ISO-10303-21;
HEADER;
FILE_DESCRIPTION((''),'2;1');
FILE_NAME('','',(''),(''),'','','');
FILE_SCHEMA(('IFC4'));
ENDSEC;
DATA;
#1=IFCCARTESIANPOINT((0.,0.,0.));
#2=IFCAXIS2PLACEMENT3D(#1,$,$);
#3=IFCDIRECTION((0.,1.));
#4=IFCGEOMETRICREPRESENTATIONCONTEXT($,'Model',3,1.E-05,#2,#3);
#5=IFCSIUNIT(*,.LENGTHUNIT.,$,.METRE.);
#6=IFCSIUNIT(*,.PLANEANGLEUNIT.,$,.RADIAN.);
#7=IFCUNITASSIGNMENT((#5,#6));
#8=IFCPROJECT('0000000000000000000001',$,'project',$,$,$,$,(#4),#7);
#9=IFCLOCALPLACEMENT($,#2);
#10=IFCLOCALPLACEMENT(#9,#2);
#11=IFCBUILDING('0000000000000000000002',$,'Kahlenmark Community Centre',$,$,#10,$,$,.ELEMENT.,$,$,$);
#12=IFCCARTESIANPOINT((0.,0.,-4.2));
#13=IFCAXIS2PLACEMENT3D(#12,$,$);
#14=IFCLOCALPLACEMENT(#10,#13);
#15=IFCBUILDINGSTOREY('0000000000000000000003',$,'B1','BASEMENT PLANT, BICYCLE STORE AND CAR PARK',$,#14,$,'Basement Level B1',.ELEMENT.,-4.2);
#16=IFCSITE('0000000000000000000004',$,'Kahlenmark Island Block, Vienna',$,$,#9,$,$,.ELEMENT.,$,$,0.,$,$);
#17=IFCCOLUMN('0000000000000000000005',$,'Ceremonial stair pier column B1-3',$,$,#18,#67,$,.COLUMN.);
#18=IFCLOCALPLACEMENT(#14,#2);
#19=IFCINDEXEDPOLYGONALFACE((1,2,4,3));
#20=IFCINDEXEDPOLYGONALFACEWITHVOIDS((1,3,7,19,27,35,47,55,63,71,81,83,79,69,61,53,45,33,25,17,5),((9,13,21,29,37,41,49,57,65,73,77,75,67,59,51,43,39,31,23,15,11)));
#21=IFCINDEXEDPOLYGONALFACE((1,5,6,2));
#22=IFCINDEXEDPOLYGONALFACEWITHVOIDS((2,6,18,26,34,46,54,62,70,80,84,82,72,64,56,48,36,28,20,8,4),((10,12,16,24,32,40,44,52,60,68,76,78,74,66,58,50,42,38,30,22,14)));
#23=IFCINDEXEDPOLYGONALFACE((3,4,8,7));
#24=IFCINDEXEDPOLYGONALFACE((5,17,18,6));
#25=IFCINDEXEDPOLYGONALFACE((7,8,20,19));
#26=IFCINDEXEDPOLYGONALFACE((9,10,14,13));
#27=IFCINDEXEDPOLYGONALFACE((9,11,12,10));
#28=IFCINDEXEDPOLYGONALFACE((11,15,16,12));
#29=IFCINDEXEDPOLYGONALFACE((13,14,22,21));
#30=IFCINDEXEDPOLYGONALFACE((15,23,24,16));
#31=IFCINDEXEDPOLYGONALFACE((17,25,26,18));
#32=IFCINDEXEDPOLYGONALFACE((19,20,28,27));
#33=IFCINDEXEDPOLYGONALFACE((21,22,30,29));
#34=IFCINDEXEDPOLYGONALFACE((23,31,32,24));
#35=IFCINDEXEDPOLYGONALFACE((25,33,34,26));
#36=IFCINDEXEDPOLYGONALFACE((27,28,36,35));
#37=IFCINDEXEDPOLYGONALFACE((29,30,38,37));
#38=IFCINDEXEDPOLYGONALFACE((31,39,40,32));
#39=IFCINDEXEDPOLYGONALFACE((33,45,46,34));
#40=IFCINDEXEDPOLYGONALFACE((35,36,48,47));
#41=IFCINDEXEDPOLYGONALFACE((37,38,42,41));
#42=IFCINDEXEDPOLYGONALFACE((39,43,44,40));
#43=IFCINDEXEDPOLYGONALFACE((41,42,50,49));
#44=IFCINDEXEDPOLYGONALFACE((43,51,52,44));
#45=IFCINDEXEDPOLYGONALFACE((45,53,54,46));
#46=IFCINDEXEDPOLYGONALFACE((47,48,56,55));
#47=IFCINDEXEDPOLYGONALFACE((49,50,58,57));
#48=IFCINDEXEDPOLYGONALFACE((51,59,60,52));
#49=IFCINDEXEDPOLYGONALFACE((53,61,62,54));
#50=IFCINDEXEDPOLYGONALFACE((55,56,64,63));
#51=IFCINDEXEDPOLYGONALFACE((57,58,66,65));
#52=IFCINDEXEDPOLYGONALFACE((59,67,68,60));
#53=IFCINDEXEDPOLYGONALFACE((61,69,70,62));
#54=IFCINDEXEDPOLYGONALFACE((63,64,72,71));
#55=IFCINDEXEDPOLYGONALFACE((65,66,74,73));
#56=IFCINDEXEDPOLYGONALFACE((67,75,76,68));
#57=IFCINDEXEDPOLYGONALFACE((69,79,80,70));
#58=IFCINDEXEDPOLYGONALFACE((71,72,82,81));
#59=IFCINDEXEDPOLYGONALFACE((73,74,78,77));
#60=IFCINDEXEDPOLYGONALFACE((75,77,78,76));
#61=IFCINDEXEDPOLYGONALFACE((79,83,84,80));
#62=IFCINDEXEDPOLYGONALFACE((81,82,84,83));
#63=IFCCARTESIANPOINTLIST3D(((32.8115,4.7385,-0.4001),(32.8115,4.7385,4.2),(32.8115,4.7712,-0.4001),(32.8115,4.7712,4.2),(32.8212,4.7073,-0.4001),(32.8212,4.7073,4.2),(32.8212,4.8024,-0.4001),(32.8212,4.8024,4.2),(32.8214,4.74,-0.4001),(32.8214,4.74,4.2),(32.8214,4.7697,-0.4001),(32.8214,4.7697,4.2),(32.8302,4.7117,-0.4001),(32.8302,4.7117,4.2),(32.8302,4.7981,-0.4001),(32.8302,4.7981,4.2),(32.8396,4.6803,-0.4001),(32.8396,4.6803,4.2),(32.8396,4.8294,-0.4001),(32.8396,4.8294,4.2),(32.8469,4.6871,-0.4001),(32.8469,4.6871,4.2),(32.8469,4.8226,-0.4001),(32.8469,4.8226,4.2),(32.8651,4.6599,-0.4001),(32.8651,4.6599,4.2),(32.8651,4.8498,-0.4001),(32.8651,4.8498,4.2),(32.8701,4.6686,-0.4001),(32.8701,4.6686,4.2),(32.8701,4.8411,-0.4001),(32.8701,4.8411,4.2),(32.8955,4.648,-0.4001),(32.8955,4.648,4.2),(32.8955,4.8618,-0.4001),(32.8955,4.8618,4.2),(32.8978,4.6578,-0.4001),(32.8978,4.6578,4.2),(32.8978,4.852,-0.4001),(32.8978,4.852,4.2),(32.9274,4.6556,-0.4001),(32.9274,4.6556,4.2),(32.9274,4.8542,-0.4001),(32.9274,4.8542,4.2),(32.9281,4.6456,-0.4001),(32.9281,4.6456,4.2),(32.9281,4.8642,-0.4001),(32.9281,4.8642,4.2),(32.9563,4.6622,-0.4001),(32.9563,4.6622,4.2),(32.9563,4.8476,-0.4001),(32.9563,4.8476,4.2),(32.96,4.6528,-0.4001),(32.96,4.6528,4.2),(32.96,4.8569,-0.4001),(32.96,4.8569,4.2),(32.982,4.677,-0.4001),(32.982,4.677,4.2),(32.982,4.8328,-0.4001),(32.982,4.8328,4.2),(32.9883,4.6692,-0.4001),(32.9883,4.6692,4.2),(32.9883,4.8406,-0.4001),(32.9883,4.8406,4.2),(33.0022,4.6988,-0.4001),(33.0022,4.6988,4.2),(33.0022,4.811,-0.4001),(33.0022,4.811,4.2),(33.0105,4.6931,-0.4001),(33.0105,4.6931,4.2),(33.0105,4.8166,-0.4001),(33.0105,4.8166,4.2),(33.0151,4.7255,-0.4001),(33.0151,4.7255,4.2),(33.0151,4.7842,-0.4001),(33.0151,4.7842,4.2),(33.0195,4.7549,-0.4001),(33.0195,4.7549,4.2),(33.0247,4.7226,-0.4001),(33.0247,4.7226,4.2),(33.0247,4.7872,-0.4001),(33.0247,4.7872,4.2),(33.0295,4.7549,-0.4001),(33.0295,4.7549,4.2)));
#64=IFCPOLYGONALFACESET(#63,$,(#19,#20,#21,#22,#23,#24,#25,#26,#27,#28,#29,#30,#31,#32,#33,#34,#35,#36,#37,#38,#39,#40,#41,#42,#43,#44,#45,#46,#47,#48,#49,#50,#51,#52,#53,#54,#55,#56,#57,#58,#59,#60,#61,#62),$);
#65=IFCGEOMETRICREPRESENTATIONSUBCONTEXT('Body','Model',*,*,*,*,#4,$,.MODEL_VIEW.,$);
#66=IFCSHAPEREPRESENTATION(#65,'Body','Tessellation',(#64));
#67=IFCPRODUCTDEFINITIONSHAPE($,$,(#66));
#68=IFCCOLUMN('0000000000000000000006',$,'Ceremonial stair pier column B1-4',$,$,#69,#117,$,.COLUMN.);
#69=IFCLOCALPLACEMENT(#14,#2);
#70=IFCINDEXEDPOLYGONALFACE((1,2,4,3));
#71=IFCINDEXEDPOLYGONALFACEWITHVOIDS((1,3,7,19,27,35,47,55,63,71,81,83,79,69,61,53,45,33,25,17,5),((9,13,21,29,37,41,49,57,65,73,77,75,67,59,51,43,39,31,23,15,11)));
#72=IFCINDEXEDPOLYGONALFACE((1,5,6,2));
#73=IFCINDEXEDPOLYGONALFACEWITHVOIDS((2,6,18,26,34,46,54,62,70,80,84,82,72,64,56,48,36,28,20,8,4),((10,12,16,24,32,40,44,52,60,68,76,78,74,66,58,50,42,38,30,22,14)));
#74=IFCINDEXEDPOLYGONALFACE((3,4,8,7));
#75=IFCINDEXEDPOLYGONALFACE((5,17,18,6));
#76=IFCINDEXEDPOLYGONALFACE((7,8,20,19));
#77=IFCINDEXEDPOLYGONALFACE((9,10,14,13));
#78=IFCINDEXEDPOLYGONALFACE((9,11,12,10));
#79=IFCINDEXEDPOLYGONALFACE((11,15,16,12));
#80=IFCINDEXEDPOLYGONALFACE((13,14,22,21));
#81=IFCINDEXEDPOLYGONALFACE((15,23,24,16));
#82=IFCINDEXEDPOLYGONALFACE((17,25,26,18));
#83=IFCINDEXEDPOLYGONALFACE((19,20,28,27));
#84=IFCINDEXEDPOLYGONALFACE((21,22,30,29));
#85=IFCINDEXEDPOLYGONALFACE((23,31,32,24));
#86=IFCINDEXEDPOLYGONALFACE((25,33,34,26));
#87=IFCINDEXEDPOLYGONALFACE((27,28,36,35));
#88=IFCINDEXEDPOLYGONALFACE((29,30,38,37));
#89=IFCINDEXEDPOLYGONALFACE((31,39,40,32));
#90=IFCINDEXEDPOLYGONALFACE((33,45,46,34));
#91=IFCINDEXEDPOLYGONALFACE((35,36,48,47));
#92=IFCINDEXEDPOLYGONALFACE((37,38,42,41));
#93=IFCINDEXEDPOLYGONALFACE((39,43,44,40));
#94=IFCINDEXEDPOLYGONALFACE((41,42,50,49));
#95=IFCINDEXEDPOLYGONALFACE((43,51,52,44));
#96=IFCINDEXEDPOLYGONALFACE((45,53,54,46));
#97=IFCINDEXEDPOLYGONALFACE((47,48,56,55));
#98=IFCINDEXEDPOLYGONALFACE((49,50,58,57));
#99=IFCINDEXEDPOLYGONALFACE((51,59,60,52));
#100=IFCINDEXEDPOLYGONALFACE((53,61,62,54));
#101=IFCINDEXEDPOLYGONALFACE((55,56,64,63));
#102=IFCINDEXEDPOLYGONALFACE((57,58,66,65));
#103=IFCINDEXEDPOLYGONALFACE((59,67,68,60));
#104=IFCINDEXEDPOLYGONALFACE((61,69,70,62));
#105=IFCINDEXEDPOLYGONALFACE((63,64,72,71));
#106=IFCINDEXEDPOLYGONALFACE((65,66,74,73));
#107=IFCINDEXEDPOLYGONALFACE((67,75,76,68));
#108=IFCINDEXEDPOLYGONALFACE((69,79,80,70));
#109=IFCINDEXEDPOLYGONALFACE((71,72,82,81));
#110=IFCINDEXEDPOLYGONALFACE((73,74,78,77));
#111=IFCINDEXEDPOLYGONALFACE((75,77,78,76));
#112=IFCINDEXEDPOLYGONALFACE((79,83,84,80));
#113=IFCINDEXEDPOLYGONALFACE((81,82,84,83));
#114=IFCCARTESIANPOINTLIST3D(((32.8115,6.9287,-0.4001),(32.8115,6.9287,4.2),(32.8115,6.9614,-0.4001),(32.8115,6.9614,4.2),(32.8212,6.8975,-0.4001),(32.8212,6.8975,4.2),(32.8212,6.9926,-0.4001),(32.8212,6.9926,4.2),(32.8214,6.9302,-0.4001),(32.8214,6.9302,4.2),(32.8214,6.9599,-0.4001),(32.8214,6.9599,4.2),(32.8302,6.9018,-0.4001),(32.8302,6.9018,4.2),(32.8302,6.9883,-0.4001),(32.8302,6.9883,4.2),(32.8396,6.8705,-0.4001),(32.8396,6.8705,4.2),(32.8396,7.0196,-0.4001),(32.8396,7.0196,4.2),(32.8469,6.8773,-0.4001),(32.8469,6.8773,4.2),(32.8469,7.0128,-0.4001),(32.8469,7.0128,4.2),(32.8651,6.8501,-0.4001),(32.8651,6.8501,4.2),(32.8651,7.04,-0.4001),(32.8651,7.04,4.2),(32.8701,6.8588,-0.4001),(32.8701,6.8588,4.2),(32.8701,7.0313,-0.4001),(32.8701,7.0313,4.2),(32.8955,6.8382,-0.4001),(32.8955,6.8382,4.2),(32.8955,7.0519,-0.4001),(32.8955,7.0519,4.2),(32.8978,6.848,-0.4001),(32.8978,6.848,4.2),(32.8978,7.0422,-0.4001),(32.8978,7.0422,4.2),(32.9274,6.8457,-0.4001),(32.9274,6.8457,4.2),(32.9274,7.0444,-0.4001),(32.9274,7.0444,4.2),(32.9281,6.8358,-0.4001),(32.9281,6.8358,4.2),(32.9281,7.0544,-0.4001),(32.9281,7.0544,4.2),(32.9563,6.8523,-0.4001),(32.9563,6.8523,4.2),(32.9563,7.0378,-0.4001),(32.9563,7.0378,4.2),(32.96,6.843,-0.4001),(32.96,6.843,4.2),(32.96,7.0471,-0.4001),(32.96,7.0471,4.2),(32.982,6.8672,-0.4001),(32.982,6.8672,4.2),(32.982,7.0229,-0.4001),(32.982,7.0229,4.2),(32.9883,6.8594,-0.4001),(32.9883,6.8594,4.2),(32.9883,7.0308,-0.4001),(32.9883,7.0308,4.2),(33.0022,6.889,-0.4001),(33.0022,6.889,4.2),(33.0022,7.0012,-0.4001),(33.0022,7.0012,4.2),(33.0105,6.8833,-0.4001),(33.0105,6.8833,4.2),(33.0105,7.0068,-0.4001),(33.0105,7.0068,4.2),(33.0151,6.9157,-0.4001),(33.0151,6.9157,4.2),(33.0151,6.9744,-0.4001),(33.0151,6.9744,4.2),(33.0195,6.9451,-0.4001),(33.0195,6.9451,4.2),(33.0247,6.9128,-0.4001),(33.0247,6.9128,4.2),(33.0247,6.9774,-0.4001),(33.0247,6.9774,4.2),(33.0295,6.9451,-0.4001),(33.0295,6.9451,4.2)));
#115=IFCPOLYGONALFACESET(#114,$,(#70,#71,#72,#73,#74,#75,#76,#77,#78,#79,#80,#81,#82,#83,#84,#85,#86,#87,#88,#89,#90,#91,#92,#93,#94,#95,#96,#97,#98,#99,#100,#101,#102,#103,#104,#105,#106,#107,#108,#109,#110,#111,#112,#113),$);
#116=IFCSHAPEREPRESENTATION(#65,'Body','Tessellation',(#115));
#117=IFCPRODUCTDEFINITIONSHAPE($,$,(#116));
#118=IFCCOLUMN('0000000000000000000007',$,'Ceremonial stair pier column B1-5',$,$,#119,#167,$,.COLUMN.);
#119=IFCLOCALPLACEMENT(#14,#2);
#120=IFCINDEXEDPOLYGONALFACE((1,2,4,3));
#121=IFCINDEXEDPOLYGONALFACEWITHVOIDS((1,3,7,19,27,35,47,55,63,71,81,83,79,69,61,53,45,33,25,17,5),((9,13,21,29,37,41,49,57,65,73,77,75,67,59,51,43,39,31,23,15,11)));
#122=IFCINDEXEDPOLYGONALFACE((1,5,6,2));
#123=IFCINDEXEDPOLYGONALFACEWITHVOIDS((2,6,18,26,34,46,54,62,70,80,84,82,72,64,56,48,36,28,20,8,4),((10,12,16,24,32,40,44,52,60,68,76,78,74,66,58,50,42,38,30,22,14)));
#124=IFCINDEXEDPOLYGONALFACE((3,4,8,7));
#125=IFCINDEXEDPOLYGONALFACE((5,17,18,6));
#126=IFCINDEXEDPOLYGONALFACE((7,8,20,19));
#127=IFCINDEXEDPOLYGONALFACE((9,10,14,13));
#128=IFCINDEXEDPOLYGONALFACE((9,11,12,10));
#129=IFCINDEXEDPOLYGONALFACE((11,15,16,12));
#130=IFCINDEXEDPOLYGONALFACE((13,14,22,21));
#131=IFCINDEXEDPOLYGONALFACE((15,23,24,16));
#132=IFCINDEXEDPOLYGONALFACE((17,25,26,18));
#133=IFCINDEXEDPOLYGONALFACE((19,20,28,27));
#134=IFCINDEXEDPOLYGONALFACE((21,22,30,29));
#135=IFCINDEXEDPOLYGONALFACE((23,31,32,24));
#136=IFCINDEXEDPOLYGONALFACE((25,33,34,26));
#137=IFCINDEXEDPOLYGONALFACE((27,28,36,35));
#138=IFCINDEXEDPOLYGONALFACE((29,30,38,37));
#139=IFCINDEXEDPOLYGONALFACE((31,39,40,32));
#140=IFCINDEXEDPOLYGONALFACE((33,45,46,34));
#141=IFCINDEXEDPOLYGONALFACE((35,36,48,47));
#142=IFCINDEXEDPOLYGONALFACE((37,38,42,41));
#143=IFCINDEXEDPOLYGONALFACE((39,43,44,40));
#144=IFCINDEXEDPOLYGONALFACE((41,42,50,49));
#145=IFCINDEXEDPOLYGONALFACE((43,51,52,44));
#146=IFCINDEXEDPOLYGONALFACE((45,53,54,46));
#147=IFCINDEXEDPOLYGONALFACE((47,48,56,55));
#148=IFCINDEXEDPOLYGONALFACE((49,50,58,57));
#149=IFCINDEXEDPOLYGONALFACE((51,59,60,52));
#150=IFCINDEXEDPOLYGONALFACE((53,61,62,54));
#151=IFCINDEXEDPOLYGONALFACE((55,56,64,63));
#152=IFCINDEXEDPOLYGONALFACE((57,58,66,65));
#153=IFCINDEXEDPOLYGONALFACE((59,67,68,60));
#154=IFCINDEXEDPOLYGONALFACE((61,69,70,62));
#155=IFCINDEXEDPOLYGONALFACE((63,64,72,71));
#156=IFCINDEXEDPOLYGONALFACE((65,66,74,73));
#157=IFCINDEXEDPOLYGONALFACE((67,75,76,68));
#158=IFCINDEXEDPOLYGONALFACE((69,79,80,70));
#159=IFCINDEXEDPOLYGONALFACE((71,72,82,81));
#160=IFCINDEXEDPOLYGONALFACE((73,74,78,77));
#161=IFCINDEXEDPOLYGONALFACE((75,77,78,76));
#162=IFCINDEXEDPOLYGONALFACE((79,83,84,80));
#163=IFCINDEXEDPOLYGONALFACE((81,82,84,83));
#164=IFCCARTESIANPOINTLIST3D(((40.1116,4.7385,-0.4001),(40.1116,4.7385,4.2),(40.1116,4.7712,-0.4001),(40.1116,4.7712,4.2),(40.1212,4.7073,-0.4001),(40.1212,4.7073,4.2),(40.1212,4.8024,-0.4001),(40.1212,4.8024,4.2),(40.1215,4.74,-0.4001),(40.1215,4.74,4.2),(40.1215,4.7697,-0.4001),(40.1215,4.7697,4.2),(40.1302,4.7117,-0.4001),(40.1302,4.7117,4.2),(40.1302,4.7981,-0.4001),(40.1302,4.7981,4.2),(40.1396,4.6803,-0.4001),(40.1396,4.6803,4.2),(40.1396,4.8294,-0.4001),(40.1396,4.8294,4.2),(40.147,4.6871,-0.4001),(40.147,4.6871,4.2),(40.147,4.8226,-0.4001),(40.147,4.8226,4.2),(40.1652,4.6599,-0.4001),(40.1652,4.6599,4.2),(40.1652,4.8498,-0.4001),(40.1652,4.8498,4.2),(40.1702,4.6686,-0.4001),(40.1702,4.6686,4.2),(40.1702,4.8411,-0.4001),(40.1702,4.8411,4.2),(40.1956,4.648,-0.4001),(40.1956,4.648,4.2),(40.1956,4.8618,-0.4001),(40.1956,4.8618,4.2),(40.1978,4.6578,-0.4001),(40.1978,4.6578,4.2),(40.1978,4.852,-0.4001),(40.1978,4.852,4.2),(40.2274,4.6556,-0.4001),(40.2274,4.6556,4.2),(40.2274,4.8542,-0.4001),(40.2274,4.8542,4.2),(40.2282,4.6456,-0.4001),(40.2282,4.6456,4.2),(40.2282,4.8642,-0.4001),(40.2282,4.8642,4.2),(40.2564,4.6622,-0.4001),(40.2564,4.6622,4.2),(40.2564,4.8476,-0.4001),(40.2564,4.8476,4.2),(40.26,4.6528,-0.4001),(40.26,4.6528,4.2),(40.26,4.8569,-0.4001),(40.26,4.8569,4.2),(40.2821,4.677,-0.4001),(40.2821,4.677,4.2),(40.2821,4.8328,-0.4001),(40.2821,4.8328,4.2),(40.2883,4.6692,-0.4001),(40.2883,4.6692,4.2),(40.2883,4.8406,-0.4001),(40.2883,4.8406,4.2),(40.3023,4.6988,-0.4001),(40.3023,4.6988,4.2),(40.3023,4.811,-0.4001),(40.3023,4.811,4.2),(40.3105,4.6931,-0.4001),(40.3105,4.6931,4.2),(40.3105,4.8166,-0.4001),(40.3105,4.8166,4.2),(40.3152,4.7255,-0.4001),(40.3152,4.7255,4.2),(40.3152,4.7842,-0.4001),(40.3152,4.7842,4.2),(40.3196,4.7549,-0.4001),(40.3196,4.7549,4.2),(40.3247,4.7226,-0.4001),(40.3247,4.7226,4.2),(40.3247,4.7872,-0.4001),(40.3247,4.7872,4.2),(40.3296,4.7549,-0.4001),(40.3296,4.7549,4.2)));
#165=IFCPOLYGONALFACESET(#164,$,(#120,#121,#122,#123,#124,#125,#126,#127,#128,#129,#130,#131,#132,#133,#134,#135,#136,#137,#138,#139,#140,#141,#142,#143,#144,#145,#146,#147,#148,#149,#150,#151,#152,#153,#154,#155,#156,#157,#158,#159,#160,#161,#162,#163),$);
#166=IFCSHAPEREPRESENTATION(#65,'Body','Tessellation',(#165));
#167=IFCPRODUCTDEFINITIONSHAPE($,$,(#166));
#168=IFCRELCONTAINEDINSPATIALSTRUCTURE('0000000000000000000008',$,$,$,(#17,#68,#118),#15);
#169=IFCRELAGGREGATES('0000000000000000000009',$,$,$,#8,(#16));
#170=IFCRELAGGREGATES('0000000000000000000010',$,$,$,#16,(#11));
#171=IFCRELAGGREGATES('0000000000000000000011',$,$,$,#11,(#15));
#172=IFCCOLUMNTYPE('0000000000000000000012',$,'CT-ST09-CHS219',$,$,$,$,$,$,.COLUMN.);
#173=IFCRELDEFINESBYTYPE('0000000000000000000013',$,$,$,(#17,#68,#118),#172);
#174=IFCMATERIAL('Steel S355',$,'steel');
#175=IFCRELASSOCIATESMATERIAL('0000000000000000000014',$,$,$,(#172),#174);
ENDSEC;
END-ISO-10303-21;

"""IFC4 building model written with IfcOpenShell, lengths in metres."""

from ifc_helpers import new_model, si_unit, direction, frame, origin, origin_2d, place, context, subcontext, project, spatial, hollow_circle, extrude, material, material_profile, profile_set, type_object, element, save


model = new_model("IFC4")

# Units and contexts
model_context = context("Model", 3, precision=1e-05, world=origin(), true_north=direction((0.0, 1.0)))
body_context = subcontext(model_context, "Body", "Model", "MODEL_VIEW")
ifc_project = project(units=[si_unit("LENGTHUNIT", "METRE"), si_unit("PLANEANGLEUNIT", "RADIAN")], contexts=[model_context])

# Site, building, storey
site_placement = place(None, origin())
site = spatial("IfcSite", under=ifc_project, at=site_placement, Name="Kahlenmark Island Block, Vienna", CompositionType="ELEMENT", RefElevation=0.0)
building_placement = place(site_placement, origin())
building = spatial("IfcBuilding", under=site, at=building_placement, Name="Kahlenmark Community Centre", CompositionType="ELEMENT")
storey_placement = place(building_placement, frame((0.0, 0.0, -4.2)))
storey = spatial("IfcBuildingStorey", under=building, at=storey_placement, Name="B1", Description="BASEMENT PLANT, BICYCLE STORE AND CAR PARK", LongName="Basement Level B1", CompositionType="ELEMENT", Elevation=-4.2)

# Columns
ifc_material_1 = material(Name="Steel S355", Category="steel")
ifc_material_profile_1 = material_profile(ifc_material_1, hollow_circle(Radius=0.1096, WallThickness=0.01, at=origin_2d()), Name="CHS 219.1x10")
ifc_profile_set_1 = profile_set([ifc_material_profile_1], Name="Steel S355")
column_type_1 = type_object("IfcColumnType", Name="CT-ST09-CHS219", PredefinedType="COLUMN", material=ifc_profile_set_1)
for number, where, z_axis, x_axis, name in (
    (1, (32.9199, 4.7549, -0.4001), (0.0, 0.0, 1.0), (1.0, 0.0, 0.0), "Ceremonial stair pier column B1-3"),
    (2, (32.9199, 6.9451, -0.4001), (0.0, 0.0, 1.0), (1.0, 0.0, 0.0), "Ceremonial stair pier column B1-4"),
    (3, (40.22, 4.7549, -0.4001), (0.0, 0.0, 1.0), (1.0, 0.0, 0.0), "Ceremonial stair pier column B1-5"),
):
    element("IfcColumn", number, at=place(storey_placement, frame(where, z_axis=z_axis, x_axis=x_axis)), inside=storey, type_object=column_type_1, Name=name, PredefinedType="COLUMN", context=body_context, shape_type="SweptSolid", body=[
        extrude(hollow_circle(Radius=0.1096, WallThickness=0.01, at=origin_2d()), origin(), (0.0, 0.0, 1.0), 4.6001),
    ])

save(model, "model.ifc")
